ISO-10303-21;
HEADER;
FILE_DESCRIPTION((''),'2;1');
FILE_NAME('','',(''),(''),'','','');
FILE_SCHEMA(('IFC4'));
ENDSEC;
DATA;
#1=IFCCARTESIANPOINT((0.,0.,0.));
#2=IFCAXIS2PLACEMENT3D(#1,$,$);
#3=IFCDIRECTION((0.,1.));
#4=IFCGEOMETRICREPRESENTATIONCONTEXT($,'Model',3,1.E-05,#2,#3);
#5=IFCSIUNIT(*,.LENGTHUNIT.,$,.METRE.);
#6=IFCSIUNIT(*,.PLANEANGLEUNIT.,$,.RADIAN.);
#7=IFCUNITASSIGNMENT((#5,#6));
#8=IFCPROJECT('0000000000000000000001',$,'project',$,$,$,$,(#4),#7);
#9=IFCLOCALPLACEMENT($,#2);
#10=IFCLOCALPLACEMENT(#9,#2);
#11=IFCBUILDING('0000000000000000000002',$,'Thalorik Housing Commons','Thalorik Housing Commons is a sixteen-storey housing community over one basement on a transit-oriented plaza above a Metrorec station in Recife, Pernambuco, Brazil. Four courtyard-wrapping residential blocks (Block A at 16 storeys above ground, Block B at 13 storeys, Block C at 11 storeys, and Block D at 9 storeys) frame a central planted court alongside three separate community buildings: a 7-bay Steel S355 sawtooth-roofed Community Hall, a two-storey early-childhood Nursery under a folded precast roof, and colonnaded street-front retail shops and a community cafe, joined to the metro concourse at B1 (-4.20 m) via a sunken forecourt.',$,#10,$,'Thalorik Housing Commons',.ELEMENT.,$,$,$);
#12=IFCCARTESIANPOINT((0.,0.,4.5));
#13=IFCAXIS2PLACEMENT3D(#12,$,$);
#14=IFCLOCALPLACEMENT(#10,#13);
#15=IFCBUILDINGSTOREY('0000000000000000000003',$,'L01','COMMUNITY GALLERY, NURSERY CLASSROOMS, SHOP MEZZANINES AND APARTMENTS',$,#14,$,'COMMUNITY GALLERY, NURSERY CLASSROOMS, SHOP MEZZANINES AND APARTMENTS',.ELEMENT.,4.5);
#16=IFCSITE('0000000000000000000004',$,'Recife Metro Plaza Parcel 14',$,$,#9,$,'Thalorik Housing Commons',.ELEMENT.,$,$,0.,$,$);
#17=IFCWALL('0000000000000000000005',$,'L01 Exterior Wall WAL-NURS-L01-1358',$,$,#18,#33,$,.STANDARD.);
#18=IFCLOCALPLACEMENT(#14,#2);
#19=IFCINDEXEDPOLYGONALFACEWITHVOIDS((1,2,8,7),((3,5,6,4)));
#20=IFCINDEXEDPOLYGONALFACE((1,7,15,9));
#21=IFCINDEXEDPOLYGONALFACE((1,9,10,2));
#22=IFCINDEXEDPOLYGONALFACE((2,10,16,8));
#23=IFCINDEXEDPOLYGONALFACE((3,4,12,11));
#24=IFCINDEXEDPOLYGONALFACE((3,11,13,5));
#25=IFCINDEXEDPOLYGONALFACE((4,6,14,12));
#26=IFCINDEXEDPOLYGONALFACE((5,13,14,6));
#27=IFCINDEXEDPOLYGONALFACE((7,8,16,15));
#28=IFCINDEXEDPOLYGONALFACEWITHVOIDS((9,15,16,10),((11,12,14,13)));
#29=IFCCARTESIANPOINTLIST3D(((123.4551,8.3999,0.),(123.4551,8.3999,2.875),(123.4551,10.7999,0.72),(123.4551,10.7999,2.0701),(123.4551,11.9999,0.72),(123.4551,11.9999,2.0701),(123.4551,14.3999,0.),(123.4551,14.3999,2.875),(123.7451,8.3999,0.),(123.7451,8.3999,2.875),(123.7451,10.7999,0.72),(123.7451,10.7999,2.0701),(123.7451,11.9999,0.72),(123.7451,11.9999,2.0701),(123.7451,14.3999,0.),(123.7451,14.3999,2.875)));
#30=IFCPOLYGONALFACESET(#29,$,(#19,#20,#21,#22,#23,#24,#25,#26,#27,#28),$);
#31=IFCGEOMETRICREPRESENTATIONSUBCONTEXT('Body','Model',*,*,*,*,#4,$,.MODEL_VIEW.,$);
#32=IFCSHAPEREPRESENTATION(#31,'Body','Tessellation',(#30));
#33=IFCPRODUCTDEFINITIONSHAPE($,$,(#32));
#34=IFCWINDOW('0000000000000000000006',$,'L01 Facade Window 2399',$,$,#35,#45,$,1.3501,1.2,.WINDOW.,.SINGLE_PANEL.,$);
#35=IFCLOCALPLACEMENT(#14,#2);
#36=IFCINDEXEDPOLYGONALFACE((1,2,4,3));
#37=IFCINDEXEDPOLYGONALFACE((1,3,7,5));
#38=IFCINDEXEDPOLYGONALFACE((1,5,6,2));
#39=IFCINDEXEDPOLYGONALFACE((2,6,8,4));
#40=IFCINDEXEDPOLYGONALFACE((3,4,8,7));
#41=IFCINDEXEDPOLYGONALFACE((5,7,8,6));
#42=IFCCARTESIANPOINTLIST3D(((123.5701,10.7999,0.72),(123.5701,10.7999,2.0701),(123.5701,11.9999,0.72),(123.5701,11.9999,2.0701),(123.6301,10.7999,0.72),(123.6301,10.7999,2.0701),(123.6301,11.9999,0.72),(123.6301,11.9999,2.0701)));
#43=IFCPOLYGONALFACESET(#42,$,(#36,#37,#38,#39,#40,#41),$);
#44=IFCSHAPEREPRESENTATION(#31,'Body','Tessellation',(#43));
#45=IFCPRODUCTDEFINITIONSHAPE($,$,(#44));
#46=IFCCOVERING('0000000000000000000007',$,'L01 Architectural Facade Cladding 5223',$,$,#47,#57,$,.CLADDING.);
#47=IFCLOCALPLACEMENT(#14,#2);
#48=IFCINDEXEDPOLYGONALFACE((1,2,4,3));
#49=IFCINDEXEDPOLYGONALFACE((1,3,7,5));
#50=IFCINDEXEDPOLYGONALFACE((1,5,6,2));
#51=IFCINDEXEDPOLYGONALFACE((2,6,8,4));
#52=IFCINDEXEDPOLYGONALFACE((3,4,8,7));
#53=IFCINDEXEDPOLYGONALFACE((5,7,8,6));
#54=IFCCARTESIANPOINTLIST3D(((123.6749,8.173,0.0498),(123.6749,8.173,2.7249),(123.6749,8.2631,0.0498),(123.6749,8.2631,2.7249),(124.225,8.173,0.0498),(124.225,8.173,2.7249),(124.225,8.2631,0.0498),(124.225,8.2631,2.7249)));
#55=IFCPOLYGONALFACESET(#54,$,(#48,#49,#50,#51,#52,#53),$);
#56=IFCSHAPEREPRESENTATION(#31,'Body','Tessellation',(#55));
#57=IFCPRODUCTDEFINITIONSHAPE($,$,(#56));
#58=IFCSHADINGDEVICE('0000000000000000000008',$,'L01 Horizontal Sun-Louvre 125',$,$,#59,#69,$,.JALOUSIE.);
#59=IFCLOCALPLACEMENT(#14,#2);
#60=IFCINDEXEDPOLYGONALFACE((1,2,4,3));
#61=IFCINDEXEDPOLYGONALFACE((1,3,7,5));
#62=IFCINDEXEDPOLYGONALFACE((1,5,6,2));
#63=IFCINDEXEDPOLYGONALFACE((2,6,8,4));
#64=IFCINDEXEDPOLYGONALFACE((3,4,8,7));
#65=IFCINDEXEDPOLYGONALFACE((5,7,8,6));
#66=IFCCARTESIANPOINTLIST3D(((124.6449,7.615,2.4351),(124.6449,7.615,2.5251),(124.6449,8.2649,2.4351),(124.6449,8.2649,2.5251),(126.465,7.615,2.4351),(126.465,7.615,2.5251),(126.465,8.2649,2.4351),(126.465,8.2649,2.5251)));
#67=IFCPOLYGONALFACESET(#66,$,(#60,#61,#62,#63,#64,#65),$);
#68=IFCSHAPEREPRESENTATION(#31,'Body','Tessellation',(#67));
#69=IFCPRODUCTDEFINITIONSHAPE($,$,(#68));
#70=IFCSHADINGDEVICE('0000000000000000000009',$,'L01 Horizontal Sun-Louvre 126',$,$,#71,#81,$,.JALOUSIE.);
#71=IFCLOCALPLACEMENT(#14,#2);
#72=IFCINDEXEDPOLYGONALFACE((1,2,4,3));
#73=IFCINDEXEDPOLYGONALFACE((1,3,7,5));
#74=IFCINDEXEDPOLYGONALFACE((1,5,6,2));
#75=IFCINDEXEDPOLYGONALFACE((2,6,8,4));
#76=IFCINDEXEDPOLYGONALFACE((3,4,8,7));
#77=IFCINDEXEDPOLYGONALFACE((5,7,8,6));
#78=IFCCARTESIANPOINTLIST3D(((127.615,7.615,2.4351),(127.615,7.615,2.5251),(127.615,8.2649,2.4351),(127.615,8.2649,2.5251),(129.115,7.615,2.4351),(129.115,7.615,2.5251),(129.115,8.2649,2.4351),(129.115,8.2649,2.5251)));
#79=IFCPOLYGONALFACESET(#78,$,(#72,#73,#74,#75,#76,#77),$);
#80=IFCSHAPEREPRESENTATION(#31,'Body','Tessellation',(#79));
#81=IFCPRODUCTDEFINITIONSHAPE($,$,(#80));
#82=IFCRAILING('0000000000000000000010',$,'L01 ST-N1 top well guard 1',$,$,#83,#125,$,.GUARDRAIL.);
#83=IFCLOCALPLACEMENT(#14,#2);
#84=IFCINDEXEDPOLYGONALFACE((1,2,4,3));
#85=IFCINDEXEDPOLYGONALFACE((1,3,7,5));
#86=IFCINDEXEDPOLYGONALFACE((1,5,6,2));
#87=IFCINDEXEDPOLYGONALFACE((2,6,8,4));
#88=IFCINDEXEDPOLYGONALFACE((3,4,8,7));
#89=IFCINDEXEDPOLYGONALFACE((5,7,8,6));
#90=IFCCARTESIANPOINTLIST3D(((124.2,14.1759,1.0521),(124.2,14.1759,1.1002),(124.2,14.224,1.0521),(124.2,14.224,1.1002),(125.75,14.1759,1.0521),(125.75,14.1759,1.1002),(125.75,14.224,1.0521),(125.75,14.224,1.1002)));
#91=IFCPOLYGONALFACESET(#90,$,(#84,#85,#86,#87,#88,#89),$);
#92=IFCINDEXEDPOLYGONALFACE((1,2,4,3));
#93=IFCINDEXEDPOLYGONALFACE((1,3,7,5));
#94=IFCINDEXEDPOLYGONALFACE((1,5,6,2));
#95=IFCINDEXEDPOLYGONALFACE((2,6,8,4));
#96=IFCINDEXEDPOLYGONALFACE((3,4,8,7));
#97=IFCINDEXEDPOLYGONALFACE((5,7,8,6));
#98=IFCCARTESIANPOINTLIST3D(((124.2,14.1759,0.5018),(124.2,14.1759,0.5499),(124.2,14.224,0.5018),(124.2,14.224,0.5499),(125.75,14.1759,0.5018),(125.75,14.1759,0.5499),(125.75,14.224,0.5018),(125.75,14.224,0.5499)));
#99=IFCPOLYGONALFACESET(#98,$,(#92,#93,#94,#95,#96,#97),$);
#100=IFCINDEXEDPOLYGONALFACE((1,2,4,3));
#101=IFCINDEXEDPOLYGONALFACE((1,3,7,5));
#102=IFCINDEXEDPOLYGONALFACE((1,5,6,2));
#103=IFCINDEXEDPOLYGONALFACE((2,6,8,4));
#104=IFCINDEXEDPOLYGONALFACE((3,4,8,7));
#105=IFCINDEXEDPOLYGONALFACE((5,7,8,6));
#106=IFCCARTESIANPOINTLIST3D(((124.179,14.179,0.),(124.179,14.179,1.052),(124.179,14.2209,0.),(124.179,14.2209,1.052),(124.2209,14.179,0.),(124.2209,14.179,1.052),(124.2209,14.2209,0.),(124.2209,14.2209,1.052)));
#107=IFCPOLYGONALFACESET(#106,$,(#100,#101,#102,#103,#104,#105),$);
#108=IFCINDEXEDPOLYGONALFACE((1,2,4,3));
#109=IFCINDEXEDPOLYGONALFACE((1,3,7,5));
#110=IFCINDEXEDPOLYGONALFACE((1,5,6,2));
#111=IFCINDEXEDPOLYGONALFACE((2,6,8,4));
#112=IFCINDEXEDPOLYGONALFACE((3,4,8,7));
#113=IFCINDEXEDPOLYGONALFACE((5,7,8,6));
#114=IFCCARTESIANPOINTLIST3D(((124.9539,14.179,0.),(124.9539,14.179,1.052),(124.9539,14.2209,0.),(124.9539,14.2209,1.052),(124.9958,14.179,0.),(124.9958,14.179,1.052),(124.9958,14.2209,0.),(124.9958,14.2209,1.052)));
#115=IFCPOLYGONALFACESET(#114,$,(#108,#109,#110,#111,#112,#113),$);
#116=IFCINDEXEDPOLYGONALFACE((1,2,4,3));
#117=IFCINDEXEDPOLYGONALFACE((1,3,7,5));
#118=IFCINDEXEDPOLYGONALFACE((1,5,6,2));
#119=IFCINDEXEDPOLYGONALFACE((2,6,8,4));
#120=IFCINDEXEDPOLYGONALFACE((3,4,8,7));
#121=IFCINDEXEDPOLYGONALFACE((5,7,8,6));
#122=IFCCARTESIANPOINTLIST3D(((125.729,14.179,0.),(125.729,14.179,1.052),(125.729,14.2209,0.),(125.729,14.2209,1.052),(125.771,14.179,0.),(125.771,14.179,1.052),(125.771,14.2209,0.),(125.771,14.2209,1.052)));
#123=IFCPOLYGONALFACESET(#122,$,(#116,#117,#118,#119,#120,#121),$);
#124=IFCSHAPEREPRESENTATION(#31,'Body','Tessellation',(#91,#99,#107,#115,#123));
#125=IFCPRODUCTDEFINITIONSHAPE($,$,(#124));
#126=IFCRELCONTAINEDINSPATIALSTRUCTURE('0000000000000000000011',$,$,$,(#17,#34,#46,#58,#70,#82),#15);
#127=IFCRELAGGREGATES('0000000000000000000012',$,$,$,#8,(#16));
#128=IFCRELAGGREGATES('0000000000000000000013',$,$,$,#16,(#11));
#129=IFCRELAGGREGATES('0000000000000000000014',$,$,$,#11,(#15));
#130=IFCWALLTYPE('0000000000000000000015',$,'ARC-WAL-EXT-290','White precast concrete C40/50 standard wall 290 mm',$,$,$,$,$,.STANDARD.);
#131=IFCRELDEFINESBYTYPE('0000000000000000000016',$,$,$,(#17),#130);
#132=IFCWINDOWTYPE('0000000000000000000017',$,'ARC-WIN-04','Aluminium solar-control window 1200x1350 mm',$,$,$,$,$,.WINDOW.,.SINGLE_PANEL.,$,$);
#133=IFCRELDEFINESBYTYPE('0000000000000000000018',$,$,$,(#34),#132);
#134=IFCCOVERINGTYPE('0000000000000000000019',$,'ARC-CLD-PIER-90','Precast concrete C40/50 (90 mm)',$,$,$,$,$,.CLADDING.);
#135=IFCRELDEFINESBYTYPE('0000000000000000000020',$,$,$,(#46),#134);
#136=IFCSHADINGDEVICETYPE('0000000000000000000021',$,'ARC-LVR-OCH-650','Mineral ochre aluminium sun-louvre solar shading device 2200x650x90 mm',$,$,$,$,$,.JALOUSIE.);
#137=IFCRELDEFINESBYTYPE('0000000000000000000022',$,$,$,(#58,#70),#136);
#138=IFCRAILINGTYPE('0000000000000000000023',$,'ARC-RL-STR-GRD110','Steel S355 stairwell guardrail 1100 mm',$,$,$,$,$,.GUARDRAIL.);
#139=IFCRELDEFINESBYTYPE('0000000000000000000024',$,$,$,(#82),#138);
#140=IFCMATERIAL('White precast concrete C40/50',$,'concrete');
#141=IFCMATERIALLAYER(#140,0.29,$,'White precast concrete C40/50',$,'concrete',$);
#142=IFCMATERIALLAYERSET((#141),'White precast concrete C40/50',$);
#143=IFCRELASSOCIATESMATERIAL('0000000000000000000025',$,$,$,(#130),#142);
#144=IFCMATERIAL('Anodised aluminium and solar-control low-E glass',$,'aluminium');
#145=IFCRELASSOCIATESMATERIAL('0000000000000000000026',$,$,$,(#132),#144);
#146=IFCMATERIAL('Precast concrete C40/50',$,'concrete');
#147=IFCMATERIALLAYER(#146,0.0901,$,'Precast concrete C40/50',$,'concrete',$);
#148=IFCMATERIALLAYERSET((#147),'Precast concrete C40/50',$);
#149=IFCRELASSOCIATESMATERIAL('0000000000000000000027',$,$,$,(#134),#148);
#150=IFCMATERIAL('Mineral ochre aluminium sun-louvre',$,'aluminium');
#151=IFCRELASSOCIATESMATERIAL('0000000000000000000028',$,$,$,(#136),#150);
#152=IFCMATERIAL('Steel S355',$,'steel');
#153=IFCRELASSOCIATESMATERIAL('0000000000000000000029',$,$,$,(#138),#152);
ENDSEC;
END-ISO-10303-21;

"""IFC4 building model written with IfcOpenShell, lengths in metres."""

from ifc_helpers import new_model, si_unit, direction, frame, frame_2d, origin, origin_2d, place, context, subcontext, project, spatial, rectangle, extrude, material, layer, layer_set, type_object, element, fill, save


model = new_model("IFC4")

# Units and contexts
model_context = context("Model", 3, precision=1e-05, world=origin(), true_north=direction((0.0, 1.0)))
body_context = subcontext(model_context, "Body", "Model", "MODEL_VIEW")
ifc_project = project(units=[si_unit("LENGTHUNIT", "METRE"), si_unit("PLANEANGLEUNIT", "RADIAN")], contexts=[model_context])

# Site, building, storey
site_placement = place(None, origin())
site = spatial("IfcSite", under=ifc_project, at=site_placement, Name="Recife Metro Plaza Parcel 14", LongName="Thalorik Housing Commons", CompositionType="ELEMENT", RefElevation=0.0)
building_placement = place(site_placement, origin())
building = spatial("IfcBuilding", under=site, at=building_placement, Name="Thalorik Housing Commons", Description="Thalorik Housing Commons is a sixteen-storey housing community over one basement on a transit-oriented plaza above a Metrorec station in Recife, Pernambuco, Brazil. Four courtyard-wrapping residential blocks (Block A at 16 storeys above ground, Block B at 13 storeys, Block C at 11 storeys, and Block D at 9 storeys) frame a central planted court alongside three separate community buildings: a 7-bay Steel S355 sawtooth-roofed Community Hall, a two-storey early-childhood Nursery under a folded precast roof, and colonnaded street-front retail shops and a community cafe, joined to the metro concourse at B1 (-4.20 m) via a sunken forecourt.", LongName="Thalorik Housing Commons", CompositionType="ELEMENT")
storey_placement = place(building_placement, frame((0.0, 0.0, 4.5)))
storey = spatial("IfcBuildingStorey", under=building, at=storey_placement, Name="L01", Description="COMMUNITY GALLERY, NURSERY CLASSROOMS, SHOP MEZZANINES AND APARTMENTS", LongName="COMMUNITY GALLERY, NURSERY CLASSROOMS, SHOP MEZZANINES AND APARTMENTS", CompositionType="ELEMENT", Elevation=4.5)

# Shared definitions
ifc_material_1 = material(Name="Precast concrete C40/50", Category="concrete")

# Shared definitions
ifc_material_2 = material(Name="Steel S355", Category="steel")

# Wall, opening, window
ifc_material_3 = material(Name="White precast concrete C40/50", Category="concrete")
ifc_layer_1 = layer(ifc_material_3, 0.29, Name="White precast concrete C40/50", Category="concrete")
ifc_layer_set_1 = layer_set([ifc_layer_1], Name="White precast concrete C40/50")
wall_type_1 = type_object("IfcWallType", Name="ARC-WAL-EXT-290", Description="White precast concrete C40/50 standard wall 290 mm", PredefinedType="STANDARD", material=ifc_layer_set_1)
ifc_material_4 = material(Name="Anodised aluminium and solar-control low-E glass", Category="aluminium")
wall_1_placement = place(storey_placement, frame((123.6001, 14.3999, 0.0), z_axis=(0.0, 0.0, 1.0), x_axis=(0.0, -1.0, 0.0)))
wall_1 = element("IfcWall", 1, at=wall_1_placement, inside=storey, type_object=wall_type_1, Name="L01 Exterior Wall WAL-NURS-L01-1358", PredefinedType="STANDARD", context=body_context, shape_type="SweptSolid", body=[
    extrude(rectangle(XDim=6.0, YDim=0.29, at=frame_2d((3.0, 0.0))), origin(), (0.0, 0.0, 1.0), 2.875),
])
opening_1_placement = place(wall_1_placement, frame((2.3999, 0.0, 0.72)))
opening_1 = element("IfcOpeningElement", 2, at=opening_1_placement, cuts=wall_1, PredefinedType="OPENING", context=body_context, shape_type="SweptSolid", body=[
    extrude(rectangle(XDim=1.2, YDim=1.3501, at=frame_2d((0.6001, 0.675))), frame((0.0, 0.155, 0.0), z_axis=(0.0, -1.0, 0.0), x_axis=(1.0, 0.0, 0.0)), (0.0, 0.0, 1.0), 0.3101),
])
window_type_1 = type_object("IfcWindowType", Name="ARC-WIN-04", Description="Aluminium solar-control window 1200x1350 mm", PartitioningType="SINGLE_PANEL", PredefinedType="WINDOW", material=ifc_material_4)
window_1_placement = place(opening_1_placement, origin())
window_1 = element("IfcWindow", 3, at=window_1_placement, inside=storey, type_object=window_type_1, Name="L01 Facade Window 2399", OverallHeight=1.3501, OverallWidth=1.2, PartitioningType="SINGLE_PANEL", PredefinedType="WINDOW", context=body_context, shape_type="SweptSolid", body=[
    extrude(rectangle(XDim=1.2, YDim=1.3501, at=frame_2d((0.6001, 0.675))), frame((0.0, 0.03, 0.0), z_axis=(0.0, -1.0, 0.0), x_axis=(1.0, 0.0, 0.0)), (0.0, 0.0, 1.0), 0.0601),
])
fill(opening_1, window_1)

# Covering
ifc_layer_2 = layer(ifc_material_1, 0.0901, Name="Precast concrete C40/50", Category="concrete")
ifc_layer_set_2 = layer_set([ifc_layer_2], Name="Precast concrete C40/50")
covering_type = type_object("IfcCoveringType", Name="ARC-CLD-PIER-90", Description="Precast concrete C40/50 (90 mm)", PredefinedType="CLADDING", material=ifc_layer_set_2)
covering_placement = place(storey_placement, frame((123.95, 8.218, 0.0498), z_axis=(0.0, 0.0, 1.0), x_axis=(1.0, 0.0, 0.0)))
element("IfcCovering", 4, at=covering_placement, inside=storey, type_object=covering_type, Name="L01 Architectural Facade Cladding 5223", PredefinedType="CLADDING", context=body_context, shape_type="SweptSolid", body=[
    extrude(rectangle(XDim=0.55, YDim=0.0901, at=origin_2d()), origin(), (0.0, 0.0, 1.0), 2.675),
])

# Shading devices
ifc_material_5 = material(Name="Mineral ochre aluminium sun-louvre", Category="aluminium")
shading_device_type = type_object("IfcShadingDeviceType", Name="ARC-LVR-OCH-650", Description="Mineral ochre aluminium sun-louvre solar shading device 2200x650x90 mm", PredefinedType="JALOUSIE", material=ifc_material_5)
shading_device_1_placement = place(storey_placement, frame((125.5549, 7.9399, 2.4351), z_axis=(0.0, 0.0, 1.0), x_axis=(1.0, 0.0, 0.0)))
element("IfcShadingDevice", 5, at=shading_device_1_placement, inside=storey, type_object=shading_device_type, Name="L01 Horizontal Sun-Louvre 125", PredefinedType="JALOUSIE", context=body_context, shape_type="SweptSolid", body=[
    extrude(rectangle(XDim=1.8201, YDim=0.6499, at=origin_2d()), origin(), (0.0, 0.0, 1.0), 0.0901),
])
shading_device_2_placement = place(storey_placement, frame((128.365, 7.9399, 2.4351), z_axis=(0.0, 0.0, 1.0), x_axis=(1.0, 0.0, 0.0)))
element("IfcShadingDevice", 6, at=shading_device_2_placement, inside=storey, type_object=shading_device_type, Name="L01 Horizontal Sun-Louvre 126", PredefinedType="JALOUSIE", context=body_context, shape_type="SweptSolid", body=[
    extrude(rectangle(XDim=1.5, YDim=0.6499, at=origin_2d()), origin(), (0.0, 0.0, 1.0), 0.0901),
])

# Railing
railing_type = type_object("IfcRailingType", Name="ARC-RL-STR-GRD110", Description="Steel S355 stairwell guardrail 1100 mm", PredefinedType="GUARDRAIL", material=ifc_material_2)
railing_placement = place(storey_placement, frame((124.2, 14.2, 0.0)))
element("IfcRailing", 7, at=railing_placement, inside=storey, type_object=railing_type, Name="L01 ST-N1 top well guard 1", PredefinedType="GUARDRAIL", context=body_context, shape_type="SweptSolid", body=[
    extrude(rectangle(XDim=0.0481, YDim=0.0481, at=origin_2d()), frame((0.0, 0.0, 1.0762), z_axis=(1.0, 0.0, 0.0), x_axis=(0.0, 1.0, 0.0)), (0.0, 0.0, 1.0), 1.55),
    extrude(rectangle(XDim=0.0481, YDim=0.0481, at=origin_2d()), frame((0.0, 0.0, 0.5259), z_axis=(1.0, 0.0, 0.0), x_axis=(0.0, 1.0, 0.0)), (0.0, 0.0, 1.0), 1.55),
    extrude(rectangle(XDim=0.042, YDim=0.042, at=origin_2d()), origin(), (0.0, 0.0, 1.0), 1.052),
    extrude(rectangle(XDim=0.042, YDim=0.042, at=origin_2d()), frame((0.7749, 0.0, 0.0)), (0.0, 0.0, 1.0), 1.052),
    extrude(rectangle(XDim=0.042, YDim=0.042, at=origin_2d()), frame((1.55, 0.0, 0.0)), (0.0, 0.0, 1.0), 1.052),
])

save(model, "model.ifc")
